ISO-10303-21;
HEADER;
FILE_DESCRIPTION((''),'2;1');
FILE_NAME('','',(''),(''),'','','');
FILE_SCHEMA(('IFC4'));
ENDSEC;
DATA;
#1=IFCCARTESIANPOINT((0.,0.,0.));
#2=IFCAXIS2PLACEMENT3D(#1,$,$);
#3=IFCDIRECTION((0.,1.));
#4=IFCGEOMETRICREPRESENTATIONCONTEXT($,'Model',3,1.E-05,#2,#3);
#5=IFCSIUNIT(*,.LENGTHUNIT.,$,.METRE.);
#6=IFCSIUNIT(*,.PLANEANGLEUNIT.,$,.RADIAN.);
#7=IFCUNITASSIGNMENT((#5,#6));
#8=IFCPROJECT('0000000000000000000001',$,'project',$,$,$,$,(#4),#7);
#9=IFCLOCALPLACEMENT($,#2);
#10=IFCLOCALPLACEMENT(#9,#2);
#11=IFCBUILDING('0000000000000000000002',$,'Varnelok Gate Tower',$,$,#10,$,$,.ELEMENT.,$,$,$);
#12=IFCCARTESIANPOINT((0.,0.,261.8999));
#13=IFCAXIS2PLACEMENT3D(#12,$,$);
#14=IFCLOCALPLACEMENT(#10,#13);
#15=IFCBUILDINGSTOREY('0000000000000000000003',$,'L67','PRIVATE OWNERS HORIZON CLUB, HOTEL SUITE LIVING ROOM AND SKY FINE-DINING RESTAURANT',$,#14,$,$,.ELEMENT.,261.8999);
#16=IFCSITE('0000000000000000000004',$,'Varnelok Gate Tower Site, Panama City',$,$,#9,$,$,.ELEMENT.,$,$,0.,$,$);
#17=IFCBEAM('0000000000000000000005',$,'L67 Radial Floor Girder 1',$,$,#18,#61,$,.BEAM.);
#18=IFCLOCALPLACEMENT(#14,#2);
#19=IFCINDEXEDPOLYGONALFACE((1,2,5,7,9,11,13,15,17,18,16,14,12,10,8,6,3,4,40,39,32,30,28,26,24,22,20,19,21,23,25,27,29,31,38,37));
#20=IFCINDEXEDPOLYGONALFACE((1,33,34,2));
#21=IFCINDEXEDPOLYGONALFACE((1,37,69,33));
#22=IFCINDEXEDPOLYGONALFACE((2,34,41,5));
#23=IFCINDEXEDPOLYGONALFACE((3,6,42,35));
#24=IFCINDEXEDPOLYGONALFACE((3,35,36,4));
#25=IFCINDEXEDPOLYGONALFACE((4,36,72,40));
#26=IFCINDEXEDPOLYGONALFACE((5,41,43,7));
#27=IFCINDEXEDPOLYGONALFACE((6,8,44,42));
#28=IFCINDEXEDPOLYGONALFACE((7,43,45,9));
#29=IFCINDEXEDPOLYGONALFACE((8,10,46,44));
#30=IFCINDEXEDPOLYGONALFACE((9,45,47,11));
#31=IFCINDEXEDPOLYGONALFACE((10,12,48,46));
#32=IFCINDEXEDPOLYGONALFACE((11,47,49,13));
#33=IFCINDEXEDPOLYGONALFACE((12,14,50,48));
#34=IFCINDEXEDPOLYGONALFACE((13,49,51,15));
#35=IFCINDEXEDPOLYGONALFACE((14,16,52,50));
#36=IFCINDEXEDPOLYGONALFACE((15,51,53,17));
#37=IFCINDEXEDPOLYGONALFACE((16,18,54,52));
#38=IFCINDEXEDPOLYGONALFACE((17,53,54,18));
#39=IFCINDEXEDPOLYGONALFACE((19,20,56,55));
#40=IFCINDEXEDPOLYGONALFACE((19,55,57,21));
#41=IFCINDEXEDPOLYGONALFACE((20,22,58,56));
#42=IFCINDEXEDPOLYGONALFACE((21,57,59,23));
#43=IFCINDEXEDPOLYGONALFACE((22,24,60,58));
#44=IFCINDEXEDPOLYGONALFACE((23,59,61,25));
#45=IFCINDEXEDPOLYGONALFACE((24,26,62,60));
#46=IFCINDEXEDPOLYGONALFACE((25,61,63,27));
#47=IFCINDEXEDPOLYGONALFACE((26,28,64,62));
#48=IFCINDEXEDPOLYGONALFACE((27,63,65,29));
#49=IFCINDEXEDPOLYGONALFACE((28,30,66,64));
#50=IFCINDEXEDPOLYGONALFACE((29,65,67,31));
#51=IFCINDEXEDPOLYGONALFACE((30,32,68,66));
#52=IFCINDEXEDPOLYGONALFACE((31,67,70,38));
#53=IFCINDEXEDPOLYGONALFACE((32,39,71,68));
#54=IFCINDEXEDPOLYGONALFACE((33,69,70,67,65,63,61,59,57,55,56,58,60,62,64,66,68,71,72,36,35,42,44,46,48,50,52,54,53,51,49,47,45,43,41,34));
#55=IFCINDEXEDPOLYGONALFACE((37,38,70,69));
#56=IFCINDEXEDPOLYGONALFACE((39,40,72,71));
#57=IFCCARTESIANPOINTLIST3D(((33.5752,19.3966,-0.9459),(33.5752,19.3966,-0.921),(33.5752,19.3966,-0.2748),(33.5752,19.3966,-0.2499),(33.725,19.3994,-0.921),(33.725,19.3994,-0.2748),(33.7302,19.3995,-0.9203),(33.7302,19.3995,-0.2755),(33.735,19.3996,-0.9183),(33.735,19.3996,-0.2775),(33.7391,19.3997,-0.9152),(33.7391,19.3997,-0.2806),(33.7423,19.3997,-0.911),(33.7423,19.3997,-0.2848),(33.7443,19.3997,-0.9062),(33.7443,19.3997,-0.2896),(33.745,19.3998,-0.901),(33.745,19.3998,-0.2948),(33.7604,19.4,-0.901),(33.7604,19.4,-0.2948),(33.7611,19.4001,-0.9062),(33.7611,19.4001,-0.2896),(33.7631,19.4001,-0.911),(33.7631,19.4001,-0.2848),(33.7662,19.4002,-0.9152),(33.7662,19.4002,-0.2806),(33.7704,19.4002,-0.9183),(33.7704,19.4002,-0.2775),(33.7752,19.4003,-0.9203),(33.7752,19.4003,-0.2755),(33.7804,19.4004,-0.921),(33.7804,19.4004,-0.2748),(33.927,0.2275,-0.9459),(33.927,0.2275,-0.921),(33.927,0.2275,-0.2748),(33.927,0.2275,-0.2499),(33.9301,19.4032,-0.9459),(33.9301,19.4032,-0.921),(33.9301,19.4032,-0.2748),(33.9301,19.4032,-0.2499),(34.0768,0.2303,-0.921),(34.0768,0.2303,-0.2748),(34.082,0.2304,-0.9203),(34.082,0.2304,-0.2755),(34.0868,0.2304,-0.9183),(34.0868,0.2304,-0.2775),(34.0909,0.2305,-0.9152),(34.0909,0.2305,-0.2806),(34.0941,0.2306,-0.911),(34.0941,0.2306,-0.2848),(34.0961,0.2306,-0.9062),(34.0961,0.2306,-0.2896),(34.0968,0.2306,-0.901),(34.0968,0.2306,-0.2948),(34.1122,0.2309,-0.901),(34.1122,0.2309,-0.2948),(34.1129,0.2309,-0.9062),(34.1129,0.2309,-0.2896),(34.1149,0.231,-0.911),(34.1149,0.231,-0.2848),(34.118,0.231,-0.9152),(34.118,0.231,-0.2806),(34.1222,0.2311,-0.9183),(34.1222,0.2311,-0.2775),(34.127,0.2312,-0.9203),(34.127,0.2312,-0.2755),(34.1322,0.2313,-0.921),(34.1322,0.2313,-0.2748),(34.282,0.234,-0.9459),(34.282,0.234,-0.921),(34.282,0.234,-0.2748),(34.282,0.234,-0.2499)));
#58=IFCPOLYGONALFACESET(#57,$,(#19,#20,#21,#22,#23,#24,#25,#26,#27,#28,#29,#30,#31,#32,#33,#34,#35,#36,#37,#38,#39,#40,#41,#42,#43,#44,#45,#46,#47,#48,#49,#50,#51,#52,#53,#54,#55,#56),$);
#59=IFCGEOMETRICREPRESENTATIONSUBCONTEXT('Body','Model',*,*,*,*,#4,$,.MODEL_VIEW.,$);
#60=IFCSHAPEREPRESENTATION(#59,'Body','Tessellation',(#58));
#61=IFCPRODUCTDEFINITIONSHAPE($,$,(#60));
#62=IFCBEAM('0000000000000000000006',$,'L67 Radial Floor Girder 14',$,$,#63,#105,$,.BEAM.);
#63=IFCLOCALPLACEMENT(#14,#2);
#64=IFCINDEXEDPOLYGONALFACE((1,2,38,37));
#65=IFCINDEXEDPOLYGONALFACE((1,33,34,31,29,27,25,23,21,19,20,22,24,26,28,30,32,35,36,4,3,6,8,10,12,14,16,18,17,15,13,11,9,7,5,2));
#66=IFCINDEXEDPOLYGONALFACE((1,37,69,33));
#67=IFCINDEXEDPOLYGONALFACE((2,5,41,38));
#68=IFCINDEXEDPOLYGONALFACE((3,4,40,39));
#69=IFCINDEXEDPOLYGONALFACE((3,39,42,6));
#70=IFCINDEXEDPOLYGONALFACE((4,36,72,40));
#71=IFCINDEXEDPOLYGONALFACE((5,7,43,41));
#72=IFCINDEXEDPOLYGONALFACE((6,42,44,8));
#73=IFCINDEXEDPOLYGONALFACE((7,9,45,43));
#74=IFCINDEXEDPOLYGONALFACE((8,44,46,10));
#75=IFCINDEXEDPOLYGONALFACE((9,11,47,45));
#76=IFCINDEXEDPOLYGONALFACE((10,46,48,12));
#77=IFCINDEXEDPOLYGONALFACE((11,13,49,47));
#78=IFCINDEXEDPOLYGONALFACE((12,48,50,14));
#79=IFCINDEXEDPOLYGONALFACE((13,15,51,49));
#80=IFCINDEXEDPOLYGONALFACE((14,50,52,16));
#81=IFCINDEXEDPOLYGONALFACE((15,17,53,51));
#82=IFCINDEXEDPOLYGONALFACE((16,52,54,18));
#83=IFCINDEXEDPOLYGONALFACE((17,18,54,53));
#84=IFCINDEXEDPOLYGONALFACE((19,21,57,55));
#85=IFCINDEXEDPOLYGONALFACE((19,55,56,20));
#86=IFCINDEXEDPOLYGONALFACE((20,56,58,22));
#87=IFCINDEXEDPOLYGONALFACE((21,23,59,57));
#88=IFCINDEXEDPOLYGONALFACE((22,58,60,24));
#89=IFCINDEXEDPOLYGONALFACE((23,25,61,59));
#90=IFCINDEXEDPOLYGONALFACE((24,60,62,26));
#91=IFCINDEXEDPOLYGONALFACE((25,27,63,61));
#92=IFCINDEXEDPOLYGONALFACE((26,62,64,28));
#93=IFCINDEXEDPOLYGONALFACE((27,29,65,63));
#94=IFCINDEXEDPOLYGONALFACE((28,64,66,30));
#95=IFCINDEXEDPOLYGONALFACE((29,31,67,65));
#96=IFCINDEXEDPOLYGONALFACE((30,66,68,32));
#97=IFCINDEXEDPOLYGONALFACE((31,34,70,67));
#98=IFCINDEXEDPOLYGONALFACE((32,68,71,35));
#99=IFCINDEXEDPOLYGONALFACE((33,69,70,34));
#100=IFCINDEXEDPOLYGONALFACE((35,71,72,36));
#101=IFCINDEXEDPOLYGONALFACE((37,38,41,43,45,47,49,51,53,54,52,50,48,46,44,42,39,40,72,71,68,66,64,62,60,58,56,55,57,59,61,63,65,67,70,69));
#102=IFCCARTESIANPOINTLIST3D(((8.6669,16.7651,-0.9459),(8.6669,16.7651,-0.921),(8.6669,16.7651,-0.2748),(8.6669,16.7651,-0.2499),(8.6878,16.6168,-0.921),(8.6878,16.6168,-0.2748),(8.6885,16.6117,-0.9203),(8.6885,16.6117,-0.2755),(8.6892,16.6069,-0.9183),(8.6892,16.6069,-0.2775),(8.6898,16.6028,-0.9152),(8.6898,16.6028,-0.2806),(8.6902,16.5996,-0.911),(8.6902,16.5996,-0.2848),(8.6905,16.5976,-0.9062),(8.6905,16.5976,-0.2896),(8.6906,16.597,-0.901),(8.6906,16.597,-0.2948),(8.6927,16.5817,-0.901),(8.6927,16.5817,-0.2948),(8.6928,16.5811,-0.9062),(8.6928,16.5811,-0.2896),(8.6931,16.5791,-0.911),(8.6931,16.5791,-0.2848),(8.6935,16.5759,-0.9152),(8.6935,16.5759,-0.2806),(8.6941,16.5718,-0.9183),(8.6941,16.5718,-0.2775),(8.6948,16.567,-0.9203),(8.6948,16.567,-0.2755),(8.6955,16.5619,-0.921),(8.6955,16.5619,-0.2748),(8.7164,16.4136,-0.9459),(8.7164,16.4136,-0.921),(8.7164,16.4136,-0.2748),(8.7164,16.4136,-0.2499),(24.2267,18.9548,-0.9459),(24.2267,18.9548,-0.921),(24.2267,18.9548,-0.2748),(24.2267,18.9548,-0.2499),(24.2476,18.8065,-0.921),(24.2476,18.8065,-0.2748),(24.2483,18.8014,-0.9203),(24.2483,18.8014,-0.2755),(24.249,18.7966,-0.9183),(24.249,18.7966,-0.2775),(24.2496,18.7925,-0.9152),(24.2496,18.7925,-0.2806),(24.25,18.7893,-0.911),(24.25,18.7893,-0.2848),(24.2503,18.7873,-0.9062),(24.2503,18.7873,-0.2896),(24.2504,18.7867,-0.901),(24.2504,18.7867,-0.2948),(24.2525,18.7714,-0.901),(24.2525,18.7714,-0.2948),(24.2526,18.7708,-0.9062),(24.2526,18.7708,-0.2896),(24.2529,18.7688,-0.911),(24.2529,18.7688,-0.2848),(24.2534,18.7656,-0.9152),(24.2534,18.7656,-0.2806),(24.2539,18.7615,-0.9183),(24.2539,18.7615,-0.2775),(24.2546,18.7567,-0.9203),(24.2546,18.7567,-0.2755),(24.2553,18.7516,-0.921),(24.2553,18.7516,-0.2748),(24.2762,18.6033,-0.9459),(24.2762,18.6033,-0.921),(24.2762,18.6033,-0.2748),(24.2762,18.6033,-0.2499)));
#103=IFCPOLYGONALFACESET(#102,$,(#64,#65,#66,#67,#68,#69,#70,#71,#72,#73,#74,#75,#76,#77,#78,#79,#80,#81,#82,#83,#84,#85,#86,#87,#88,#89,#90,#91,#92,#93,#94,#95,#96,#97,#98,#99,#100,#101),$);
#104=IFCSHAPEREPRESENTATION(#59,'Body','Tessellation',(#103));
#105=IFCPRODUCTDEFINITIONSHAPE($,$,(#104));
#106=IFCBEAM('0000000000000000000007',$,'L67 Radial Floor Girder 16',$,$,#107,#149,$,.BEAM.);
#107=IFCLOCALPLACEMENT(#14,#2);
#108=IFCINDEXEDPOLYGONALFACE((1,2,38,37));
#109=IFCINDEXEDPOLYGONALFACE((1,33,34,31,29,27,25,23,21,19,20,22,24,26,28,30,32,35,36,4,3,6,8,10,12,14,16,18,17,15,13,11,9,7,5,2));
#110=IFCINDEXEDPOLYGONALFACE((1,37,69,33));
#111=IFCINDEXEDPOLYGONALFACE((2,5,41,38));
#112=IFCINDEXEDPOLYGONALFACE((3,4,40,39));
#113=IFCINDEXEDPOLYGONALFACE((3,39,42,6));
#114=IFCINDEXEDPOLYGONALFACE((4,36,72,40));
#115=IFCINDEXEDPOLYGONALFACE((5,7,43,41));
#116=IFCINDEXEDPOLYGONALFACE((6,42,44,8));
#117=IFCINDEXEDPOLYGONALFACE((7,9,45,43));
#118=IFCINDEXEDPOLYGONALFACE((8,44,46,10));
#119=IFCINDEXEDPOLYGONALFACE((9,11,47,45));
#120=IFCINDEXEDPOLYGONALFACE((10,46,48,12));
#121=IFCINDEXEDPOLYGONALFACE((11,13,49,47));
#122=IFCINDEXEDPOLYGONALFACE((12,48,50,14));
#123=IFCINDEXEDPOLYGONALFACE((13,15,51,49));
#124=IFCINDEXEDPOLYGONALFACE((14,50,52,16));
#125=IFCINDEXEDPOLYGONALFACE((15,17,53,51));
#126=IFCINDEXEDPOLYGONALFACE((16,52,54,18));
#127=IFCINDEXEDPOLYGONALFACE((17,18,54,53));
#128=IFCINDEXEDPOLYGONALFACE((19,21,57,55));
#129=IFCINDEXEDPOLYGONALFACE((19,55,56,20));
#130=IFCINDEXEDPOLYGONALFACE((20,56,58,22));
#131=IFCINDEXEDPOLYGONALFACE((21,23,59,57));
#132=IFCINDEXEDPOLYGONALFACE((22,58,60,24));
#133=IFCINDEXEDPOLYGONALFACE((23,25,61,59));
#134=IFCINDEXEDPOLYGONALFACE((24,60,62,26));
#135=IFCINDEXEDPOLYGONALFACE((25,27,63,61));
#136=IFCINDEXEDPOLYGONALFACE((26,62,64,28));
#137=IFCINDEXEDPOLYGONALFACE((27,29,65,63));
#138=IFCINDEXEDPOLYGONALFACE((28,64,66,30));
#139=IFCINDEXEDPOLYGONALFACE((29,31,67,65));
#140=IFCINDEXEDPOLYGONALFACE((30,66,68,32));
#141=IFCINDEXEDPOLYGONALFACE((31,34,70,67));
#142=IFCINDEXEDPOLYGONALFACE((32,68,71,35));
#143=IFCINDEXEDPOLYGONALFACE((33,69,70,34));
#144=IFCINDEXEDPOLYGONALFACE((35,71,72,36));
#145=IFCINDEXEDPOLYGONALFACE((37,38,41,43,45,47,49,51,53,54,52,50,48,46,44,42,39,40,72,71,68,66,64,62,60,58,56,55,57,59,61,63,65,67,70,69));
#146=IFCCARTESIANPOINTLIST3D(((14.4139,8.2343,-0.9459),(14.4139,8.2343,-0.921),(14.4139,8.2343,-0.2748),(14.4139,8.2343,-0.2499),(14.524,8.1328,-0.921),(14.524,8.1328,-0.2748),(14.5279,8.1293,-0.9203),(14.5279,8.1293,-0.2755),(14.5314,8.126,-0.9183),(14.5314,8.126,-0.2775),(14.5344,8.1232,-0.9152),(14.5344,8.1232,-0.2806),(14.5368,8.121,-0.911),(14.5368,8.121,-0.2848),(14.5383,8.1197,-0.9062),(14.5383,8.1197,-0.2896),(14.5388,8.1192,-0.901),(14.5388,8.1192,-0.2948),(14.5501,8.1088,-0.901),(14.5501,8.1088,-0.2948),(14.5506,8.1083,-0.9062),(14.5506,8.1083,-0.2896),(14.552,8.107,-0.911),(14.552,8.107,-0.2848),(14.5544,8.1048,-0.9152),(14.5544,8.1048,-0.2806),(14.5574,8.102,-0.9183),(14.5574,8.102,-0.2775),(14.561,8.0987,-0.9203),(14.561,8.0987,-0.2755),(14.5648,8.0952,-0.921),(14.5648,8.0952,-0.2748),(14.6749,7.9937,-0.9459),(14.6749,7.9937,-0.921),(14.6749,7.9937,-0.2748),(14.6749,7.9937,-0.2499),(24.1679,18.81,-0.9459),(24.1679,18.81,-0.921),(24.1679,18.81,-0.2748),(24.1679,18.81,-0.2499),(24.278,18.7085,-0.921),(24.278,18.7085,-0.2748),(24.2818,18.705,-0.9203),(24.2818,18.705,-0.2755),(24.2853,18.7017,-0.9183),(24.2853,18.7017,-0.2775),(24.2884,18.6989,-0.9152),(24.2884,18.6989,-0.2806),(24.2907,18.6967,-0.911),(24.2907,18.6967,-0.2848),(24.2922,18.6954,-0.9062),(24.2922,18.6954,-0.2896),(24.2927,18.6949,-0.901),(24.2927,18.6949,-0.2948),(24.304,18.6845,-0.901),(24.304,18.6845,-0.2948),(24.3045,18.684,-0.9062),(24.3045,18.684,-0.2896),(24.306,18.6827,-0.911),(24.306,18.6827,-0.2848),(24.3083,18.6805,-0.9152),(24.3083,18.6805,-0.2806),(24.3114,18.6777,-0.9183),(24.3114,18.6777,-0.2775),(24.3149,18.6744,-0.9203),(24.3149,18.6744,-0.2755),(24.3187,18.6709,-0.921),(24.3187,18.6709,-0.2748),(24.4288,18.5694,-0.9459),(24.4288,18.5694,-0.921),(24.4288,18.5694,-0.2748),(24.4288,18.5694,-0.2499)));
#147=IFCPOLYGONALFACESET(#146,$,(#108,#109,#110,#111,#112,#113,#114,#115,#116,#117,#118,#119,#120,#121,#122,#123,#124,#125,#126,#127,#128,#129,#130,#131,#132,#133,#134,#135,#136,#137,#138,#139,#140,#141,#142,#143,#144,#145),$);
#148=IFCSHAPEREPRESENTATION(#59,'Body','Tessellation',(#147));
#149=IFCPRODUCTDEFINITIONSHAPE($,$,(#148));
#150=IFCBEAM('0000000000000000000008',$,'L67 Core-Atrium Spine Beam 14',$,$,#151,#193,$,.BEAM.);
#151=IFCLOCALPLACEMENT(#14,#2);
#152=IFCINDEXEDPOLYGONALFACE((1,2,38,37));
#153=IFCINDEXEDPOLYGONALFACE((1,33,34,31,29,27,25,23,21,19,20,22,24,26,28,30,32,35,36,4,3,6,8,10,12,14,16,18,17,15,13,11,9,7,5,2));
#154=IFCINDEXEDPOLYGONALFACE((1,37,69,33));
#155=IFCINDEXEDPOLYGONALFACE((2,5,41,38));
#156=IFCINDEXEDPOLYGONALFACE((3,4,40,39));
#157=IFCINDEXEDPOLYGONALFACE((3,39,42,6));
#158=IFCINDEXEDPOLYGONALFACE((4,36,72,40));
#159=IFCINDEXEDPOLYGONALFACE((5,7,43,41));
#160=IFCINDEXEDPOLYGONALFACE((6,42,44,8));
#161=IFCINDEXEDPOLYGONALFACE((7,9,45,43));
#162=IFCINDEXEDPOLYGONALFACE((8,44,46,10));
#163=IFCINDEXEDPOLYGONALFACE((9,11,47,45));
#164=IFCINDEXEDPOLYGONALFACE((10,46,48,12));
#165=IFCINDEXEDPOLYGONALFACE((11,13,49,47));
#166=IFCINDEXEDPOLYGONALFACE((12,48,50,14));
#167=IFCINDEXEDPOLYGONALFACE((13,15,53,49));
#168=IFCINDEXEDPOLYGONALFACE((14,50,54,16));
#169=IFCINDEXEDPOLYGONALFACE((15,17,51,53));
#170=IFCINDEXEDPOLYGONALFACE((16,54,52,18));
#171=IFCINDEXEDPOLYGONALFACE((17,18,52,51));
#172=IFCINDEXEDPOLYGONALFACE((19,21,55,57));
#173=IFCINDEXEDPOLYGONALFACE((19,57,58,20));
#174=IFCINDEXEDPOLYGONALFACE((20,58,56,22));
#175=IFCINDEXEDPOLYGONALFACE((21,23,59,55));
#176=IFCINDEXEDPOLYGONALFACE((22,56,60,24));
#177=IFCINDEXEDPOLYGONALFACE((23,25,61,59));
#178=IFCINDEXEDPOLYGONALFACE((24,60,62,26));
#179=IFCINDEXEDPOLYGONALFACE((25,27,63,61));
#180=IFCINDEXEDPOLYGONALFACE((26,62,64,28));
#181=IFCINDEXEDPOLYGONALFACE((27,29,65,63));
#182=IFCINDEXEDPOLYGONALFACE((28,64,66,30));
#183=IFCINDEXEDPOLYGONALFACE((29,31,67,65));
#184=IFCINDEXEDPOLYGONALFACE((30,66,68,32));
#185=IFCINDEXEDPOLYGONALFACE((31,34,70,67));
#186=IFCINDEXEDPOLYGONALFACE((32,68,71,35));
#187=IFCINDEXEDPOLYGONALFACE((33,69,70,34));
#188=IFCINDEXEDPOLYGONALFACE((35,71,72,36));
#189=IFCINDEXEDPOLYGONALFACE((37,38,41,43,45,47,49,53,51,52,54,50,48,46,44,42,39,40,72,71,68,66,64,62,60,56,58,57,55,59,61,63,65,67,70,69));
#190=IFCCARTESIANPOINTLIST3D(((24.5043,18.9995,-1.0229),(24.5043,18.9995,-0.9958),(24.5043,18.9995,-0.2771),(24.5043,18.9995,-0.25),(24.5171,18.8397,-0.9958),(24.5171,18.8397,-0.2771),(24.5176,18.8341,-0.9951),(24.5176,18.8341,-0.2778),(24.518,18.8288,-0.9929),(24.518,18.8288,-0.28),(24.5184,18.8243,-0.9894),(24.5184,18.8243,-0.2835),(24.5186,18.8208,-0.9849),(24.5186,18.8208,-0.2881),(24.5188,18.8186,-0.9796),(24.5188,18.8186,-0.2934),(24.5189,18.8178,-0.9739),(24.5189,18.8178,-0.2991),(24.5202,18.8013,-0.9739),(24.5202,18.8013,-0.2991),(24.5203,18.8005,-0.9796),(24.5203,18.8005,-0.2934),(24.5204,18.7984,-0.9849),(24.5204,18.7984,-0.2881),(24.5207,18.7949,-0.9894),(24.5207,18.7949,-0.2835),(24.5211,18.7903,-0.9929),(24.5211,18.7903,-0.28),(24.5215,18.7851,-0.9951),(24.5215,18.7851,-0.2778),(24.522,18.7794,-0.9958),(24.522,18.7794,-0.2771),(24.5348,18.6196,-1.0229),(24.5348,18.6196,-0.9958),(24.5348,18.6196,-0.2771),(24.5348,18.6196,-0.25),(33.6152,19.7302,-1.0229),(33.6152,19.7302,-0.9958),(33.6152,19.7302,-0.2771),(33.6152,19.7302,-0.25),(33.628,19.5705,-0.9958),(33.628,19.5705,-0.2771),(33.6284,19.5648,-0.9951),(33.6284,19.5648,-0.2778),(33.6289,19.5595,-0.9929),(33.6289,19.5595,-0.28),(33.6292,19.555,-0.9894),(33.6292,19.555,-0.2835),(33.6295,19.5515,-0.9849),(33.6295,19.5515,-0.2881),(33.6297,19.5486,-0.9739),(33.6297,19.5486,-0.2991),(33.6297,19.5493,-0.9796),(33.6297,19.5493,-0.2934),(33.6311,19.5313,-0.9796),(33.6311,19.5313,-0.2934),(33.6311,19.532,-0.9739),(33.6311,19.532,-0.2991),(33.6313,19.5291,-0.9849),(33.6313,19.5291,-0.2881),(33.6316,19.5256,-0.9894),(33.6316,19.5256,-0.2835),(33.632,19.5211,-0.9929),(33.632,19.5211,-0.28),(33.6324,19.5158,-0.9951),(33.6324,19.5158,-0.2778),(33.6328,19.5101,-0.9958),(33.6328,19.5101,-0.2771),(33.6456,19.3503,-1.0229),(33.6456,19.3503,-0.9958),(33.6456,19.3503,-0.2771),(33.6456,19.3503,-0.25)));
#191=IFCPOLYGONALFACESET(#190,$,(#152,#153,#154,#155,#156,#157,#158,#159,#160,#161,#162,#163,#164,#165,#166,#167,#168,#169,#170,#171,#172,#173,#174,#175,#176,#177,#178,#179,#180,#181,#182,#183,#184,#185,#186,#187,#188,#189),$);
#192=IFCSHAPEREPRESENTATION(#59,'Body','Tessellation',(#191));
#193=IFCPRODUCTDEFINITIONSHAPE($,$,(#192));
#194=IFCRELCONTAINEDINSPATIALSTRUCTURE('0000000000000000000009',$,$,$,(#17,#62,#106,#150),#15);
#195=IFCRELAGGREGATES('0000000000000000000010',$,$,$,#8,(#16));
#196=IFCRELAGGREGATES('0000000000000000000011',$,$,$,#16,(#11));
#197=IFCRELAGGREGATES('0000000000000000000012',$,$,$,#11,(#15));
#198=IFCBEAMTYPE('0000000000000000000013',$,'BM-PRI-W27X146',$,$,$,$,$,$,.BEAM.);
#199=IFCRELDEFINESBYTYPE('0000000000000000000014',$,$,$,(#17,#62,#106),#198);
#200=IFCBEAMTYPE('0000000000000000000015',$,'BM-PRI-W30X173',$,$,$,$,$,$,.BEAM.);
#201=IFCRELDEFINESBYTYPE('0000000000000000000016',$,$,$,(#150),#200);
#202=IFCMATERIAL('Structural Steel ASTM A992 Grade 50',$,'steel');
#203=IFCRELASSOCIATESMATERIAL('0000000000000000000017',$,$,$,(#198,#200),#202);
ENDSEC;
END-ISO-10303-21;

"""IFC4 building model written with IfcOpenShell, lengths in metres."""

from ifc_helpers import new_model, si_unit, direction, frame, origin, origin_2d, place, context, subcontext, project, spatial, i_section, extrude, material, material_profile, profile_set, type_object, element, save


model = new_model("IFC4")

# Units and contexts
model_context = context("Model", 3, precision=1e-05, world=origin(), true_north=direction((0.0, 1.0)))
body_context = subcontext(model_context, "Body", "Model", "MODEL_VIEW")
ifc_project = project(units=[si_unit("LENGTHUNIT", "METRE"), si_unit("PLANEANGLEUNIT", "RADIAN")], contexts=[model_context])

# Site, building, storey
site_placement = place(None, origin())
site = spatial("IfcSite", under=ifc_project, at=site_placement, Name="Varnelok Gate Tower Site, Panama City", CompositionType="ELEMENT", RefElevation=0.0)
building_placement = place(site_placement, origin())
building = spatial("IfcBuilding", under=site, at=building_placement, Name="Varnelok Gate Tower", CompositionType="ELEMENT")
storey_placement = place(building_placement, frame((0.0, 0.0, 261.8999)))
storey = spatial("IfcBuildingStorey", under=building, at=storey_placement, Name="L67", Description="PRIVATE OWNERS HORIZON CLUB, HOTEL SUITE LIVING ROOM AND SKY FINE-DINING RESTAURANT", CompositionType="ELEMENT", Elevation=261.8999)

# Shared definitions
ifc_material_1 = material(Name="Structural Steel ASTM A992 Grade 50", Category="steel")

# Beams
ifc_material_profile_1 = material_profile(ifc_material_1, i_section(OverallWidth=0.355, OverallDepth=0.696, WebThickness=0.0154, FlangeThickness=0.0249, FilletRadius=0.02, at=origin_2d()), Name="W27X146")
ifc_profile_set_1 = profile_set([ifc_material_profile_1], Name="Structural Steel ASTM A992 Grade 50")
beam_type_1 = type_object("IfcBeamType", Name="BM-PRI-W27X146", PredefinedType="BEAM", material=ifc_profile_set_1)
beam_1_placement = place(storey_placement, frame((33.7527, 19.3999, -0.5979), z_axis=(0.01835, -0.999832, 0.0), x_axis=(0.999832, 0.01835, 0.0)))
element("IfcBeam", 1, at=beam_1_placement, inside=storey, type_object=beam_type_1, Name="L67 Radial Floor Girder 1", PredefinedType="BEAM", context=body_context, shape_type="SweptSolid", body=[
    extrude(i_section(OverallWidth=0.355, OverallDepth=0.696, WebThickness=0.0154, FlangeThickness=0.0249, FilletRadius=0.02, at=origin_2d()), origin(), (0.0, 0.0, 1.0), 19.1724),
])
beam_2_placement = place(storey_placement, frame((24.2515, 18.7791, -0.5979), z_axis=(-0.990243, -0.139355, 0.0), x_axis=(0.139355, -0.990243, 0.0)))
element("IfcBeam", 2, at=beam_2_placement, inside=storey, type_object=beam_type_1, Name="L67 Radial Floor Girder 14", PredefinedType="BEAM", context=body_context, shape_type="SweptSolid", body=[
    extrude(i_section(OverallWidth=0.355, OverallDepth=0.696, WebThickness=0.0154, FlangeThickness=0.0249, FilletRadius=0.02, at=origin_2d()), origin(), (0.0, 0.0, 1.0), 15.7131),
])
beam_3_placement = place(storey_placement, frame((24.2983, 18.6897, -0.5979), z_axis=(-0.67797, -0.73509, 0.0), x_axis=(0.73509, -0.67797, 0.0)))
element("IfcBeam", 3, at=beam_3_placement, inside=storey, type_object=beam_type_1, Name="L67 Radial Floor Girder 16", PredefinedType="BEAM", context=body_context, shape_type="SweptSolid", body=[
    extrude(i_section(OverallWidth=0.355, OverallDepth=0.696, WebThickness=0.0154, FlangeThickness=0.0249, FilletRadius=0.02, at=origin_2d()), origin(), (0.0, 0.0, 1.0), 14.387),
])
ifc_material_profile_2 = material_profile(ifc_material_1, i_section(OverallWidth=0.3811, OverallDepth=0.7729, WebThickness=0.0166, FlangeThickness=0.0271, FilletRadius=0.022, at=origin_2d()), Name="W30X173")
ifc_profile_set_2 = profile_set([ifc_material_profile_2], Name="Structural Steel ASTM A992 Grade 50")
beam_type_2 = type_object("IfcBeamType", Name="BM-PRI-W30X173", PredefinedType="BEAM", material=ifc_profile_set_2)
beam_4_placement = place(storey_placement, frame((24.5195, 18.8096, -0.6365), z_axis=(0.996799, 0.079946, 0.0), x_axis=(-0.079946, 0.996799, 0.0)))
element("IfcBeam", 4, at=beam_4_placement, inside=storey, type_object=beam_type_2, Name="L67 Core-Atrium Spine Beam 14", PredefinedType="BEAM", context=body_context, shape_type="SweptSolid", body=[
    extrude(i_section(OverallWidth=0.3811, OverallDepth=0.7729, WebThickness=0.0166, FlangeThickness=0.0271, FilletRadius=0.022, at=origin_2d()), origin(), (0.0, 0.0, 1.0), 9.1401),
])

save(model, "model.ifc")
